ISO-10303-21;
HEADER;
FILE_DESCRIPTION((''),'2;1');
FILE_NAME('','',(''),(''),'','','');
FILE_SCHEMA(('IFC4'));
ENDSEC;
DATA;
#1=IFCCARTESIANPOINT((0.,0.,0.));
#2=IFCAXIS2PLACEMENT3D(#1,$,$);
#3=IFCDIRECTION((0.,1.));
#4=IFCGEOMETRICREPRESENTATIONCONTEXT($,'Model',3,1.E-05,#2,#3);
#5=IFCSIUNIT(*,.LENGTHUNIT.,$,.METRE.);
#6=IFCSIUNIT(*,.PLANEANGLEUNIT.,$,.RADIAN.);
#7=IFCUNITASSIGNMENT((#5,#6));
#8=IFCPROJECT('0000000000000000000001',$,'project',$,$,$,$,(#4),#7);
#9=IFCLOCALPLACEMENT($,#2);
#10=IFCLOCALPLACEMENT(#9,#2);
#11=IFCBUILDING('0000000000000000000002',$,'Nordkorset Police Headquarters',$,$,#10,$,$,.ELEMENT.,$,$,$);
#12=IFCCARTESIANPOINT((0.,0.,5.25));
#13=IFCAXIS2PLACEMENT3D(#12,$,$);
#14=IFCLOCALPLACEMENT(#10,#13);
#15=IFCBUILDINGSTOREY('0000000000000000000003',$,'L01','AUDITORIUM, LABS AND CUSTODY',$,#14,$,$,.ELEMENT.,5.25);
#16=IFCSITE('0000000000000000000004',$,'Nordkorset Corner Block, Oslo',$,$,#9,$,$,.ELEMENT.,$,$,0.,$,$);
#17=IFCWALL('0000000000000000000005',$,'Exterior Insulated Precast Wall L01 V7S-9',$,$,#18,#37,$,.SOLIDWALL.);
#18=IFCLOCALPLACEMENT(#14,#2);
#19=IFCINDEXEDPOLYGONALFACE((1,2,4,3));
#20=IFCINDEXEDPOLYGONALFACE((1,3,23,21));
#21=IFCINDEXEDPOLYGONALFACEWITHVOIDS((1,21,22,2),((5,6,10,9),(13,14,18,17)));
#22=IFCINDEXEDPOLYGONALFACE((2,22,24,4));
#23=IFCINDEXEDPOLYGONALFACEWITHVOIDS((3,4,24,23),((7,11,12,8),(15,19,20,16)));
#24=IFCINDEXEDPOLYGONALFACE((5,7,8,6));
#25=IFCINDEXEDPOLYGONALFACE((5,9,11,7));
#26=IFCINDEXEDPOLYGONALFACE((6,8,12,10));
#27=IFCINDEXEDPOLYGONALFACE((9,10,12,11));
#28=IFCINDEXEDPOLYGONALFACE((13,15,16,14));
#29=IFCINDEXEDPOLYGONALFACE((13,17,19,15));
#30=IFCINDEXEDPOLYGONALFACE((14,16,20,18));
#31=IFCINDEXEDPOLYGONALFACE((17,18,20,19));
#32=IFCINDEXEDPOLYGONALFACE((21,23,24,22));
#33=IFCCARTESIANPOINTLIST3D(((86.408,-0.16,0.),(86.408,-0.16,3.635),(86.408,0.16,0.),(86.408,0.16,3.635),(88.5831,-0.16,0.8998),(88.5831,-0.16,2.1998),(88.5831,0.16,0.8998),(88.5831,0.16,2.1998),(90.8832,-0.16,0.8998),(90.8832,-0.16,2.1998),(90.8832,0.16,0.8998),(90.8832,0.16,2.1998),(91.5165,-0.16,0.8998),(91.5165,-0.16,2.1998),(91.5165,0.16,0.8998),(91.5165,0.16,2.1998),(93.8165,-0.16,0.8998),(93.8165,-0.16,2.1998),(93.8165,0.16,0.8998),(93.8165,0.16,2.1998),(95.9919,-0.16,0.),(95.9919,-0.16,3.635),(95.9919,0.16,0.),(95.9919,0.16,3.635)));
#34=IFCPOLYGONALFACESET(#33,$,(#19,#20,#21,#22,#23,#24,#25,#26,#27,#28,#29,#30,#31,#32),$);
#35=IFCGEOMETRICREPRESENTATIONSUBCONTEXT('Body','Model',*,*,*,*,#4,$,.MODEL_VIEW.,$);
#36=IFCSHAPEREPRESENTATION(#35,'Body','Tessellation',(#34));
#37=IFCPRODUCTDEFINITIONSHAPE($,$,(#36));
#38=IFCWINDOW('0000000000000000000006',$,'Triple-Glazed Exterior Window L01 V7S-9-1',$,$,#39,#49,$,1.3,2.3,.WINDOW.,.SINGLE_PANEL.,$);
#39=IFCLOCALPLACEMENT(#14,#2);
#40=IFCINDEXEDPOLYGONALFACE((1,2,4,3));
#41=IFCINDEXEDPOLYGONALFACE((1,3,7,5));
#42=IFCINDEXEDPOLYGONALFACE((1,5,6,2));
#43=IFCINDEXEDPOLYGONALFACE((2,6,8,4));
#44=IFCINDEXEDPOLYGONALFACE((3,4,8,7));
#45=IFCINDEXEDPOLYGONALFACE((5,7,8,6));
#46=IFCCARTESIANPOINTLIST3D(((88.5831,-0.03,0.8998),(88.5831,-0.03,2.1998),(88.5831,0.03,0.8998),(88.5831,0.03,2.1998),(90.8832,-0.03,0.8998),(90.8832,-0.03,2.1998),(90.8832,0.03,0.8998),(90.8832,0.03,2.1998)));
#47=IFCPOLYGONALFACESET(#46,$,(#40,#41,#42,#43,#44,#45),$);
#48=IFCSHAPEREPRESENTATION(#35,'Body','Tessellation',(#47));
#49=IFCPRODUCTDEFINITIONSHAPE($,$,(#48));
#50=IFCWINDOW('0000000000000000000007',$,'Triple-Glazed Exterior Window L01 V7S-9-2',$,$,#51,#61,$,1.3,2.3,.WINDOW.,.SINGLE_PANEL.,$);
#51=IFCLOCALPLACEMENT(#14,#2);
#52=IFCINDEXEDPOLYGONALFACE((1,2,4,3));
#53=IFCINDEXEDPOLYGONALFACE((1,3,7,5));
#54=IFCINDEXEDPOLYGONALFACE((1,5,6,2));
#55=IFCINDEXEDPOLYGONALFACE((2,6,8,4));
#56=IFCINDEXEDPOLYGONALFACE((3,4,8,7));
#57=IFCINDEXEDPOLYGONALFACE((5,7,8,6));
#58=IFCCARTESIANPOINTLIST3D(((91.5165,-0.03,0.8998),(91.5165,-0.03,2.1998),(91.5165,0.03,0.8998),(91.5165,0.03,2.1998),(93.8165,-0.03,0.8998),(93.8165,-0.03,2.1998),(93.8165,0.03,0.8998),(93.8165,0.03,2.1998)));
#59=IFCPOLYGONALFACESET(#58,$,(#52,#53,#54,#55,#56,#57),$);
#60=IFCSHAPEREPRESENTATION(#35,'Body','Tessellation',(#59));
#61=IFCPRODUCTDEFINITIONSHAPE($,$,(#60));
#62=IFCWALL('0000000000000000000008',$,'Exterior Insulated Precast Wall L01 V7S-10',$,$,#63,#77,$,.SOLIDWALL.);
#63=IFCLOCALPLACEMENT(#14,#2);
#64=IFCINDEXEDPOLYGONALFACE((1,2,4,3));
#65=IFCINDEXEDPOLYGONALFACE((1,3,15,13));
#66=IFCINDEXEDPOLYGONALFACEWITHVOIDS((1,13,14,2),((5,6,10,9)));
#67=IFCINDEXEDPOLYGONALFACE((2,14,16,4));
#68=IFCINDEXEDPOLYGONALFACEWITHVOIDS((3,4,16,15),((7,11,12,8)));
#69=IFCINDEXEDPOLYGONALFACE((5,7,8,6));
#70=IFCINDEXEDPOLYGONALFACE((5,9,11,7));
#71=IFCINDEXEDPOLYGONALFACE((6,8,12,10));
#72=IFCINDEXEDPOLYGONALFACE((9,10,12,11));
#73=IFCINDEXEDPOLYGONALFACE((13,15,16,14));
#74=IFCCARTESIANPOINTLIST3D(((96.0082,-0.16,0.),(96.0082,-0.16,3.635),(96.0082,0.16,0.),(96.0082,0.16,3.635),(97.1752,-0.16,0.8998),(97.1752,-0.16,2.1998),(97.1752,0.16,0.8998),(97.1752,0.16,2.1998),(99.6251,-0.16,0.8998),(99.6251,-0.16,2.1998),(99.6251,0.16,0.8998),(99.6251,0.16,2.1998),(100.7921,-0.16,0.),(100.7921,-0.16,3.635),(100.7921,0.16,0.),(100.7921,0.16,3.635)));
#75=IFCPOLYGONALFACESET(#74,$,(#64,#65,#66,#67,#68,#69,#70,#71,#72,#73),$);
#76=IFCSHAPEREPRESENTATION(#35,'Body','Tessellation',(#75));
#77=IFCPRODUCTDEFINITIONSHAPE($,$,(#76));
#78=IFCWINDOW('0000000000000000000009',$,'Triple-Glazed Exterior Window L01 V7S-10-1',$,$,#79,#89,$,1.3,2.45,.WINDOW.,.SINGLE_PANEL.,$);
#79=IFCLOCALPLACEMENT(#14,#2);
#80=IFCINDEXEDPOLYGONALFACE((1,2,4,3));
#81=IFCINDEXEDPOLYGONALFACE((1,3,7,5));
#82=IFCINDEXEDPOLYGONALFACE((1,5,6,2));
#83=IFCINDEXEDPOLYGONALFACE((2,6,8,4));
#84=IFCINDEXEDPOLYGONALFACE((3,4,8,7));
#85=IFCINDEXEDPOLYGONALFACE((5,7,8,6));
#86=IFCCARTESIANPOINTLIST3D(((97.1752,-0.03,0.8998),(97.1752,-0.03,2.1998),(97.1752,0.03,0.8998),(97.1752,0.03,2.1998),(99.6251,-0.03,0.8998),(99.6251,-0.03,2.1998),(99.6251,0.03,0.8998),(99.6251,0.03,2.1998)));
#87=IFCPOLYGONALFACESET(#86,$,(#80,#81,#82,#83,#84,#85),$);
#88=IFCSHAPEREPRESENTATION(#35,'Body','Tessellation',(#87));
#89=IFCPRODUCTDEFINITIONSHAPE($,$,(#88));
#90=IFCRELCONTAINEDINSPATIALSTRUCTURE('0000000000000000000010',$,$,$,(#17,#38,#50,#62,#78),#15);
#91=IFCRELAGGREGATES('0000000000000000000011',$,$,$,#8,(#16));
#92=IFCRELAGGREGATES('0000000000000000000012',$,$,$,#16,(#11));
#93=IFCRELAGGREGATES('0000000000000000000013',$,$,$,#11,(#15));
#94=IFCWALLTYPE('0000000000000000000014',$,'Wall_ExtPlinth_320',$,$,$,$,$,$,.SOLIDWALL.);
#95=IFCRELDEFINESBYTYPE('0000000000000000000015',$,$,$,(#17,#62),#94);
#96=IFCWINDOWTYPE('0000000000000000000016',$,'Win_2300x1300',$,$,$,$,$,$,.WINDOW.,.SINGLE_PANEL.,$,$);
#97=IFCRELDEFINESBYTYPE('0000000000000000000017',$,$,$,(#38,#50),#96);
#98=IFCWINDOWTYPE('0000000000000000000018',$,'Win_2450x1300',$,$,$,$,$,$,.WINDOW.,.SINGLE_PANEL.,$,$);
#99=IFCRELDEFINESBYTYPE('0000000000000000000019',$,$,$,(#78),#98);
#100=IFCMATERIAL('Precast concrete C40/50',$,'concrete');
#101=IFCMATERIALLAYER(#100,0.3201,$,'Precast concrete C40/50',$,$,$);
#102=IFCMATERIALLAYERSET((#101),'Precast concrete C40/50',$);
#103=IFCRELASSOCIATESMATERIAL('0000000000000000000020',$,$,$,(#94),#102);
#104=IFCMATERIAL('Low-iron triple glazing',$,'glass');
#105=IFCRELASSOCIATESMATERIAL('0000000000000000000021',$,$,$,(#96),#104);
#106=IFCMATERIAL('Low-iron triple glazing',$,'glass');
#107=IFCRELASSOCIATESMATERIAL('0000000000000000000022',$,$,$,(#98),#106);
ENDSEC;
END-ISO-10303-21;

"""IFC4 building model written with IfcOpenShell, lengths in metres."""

from ifc_helpers import new_model, si_unit, direction, frame, frame_2d, origin, place, context, subcontext, project, spatial, rectangle, extrude, material, layer, layer_set, type_object, element, fill, save


model = new_model("IFC4")

# Units and contexts
model_context = context("Model", 3, precision=1e-05, world=origin(), true_north=direction((0.0, 1.0)))
body_context = subcontext(model_context, "Body", "Model", "MODEL_VIEW")
ifc_project = project(units=[si_unit("LENGTHUNIT", "METRE"), si_unit("PLANEANGLEUNIT", "RADIAN")], contexts=[model_context])

# Site, building, storey
site_placement = place(None, origin())
site = spatial("IfcSite", under=ifc_project, at=site_placement, Name="Nordkorset Corner Block, Oslo", CompositionType="ELEMENT", RefElevation=0.0)
building_placement = place(site_placement, origin())
building = spatial("IfcBuilding", under=site, at=building_placement, Name="Nordkorset Police Headquarters", CompositionType="ELEMENT")
storey_placement = place(building_placement, frame((0.0, 0.0, 5.25)))
storey = spatial("IfcBuildingStorey", under=building, at=storey_placement, Name="L01", Description="AUDITORIUM, LABS AND CUSTODY", CompositionType="ELEMENT", Elevation=5.25)

# Shared definitions
ifc_material_1 = material(Name="Precast concrete C40/50", Category="concrete")
ifc_layer_1 = layer(ifc_material_1, 0.3201, Name="Precast concrete C40/50")
ifc_layer_set_1 = layer_set([ifc_layer_1], Name="Precast concrete C40/50")
wall_type = type_object("IfcWallType", Name="Wall_ExtPlinth_320", PredefinedType="SOLIDWALL", material=ifc_layer_set_1)

# Wall, openings, windows
wall_1_placement = place(storey_placement, frame((86.408, 0.0, 0.0), z_axis=(0.0, 0.0, 1.0), x_axis=(1.0, 0.0, 0.0)))
wall_1 = element("IfcWall", 1, at=wall_1_placement, inside=storey, type_object=wall_type, Name="Exterior Insulated Precast Wall L01 V7S-9", PredefinedType="SOLIDWALL", context=body_context, shape_type="SweptSolid", body=[
    extrude(rectangle(XDim=9.584, YDim=0.3201, at=frame_2d((4.792, 0.0))), origin(), (0.0, 0.0, 1.0), 3.635),
])
opening_1_placement = place(wall_1_placement, frame((2.1753, 0.0, 0.8999)))
opening_1 = element("IfcOpeningElement", 2, at=opening_1_placement, cuts=wall_1, PredefinedType="OPENING", context=body_context, shape_type="SweptSolid", body=[
    extrude(rectangle(XDim=2.3, YDim=1.3, at=frame_2d((1.1499, 0.6499))), frame((0.0, 0.1699, 0.0), z_axis=(0.0, -1.0, 0.0), x_axis=(1.0, 0.0, 0.0)), (0.0, 0.0, 1.0), 0.3401),
])
opening_2_placement = place(wall_1_placement, frame((5.1086, 0.0, 0.8999)))
opening_2 = element("IfcOpeningElement", 3, at=opening_2_placement, cuts=wall_1, PredefinedType="OPENING", context=body_context, shape_type="SweptSolid", body=[
    extrude(rectangle(XDim=2.3, YDim=1.3, at=frame_2d((1.1499, 0.6499))), frame((0.0, 0.1699, 0.0), z_axis=(0.0, -1.0, 0.0), x_axis=(1.0, 0.0, 0.0)), (0.0, 0.0, 1.0), 0.3401),
])
ifc_material_2 = material(Name="Low-iron triple glazing", Category="glass")
window_type_1 = type_object("IfcWindowType", Name="Win_2300x1300", PartitioningType="SINGLE_PANEL", PredefinedType="WINDOW", material=ifc_material_2)
window_1_placement = place(opening_1_placement, origin())
window_1 = element("IfcWindow", 4, at=window_1_placement, inside=storey, type_object=window_type_1, Name="Triple-Glazed Exterior Window L01 V7S-9-1", OverallHeight=1.3, OverallWidth=2.3, PartitioningType="SINGLE_PANEL", PredefinedType="WINDOW", context=body_context, shape_type="SweptSolid", body=[
    extrude(rectangle(XDim=2.3, YDim=1.3, at=frame_2d((1.1499, 0.6499))), frame((0.0, 0.03, 0.0), z_axis=(0.0, -1.0, 0.0), x_axis=(1.0, 0.0, 0.0)), (0.0, 0.0, 1.0), 0.0601),
])
fill(opening_1, window_1)
window_2_placement = place(opening_2_placement, origin())
window_2 = element("IfcWindow", 5, at=window_2_placement, inside=storey, type_object=window_type_1, Name="Triple-Glazed Exterior Window L01 V7S-9-2", OverallHeight=1.3, OverallWidth=2.3, PartitioningType="SINGLE_PANEL", PredefinedType="WINDOW", context=body_context, shape_type="SweptSolid", body=[
    extrude(rectangle(XDim=2.3, YDim=1.3, at=frame_2d((1.1499, 0.6499))), frame((0.0, 0.03, 0.0), z_axis=(0.0, -1.0, 0.0), x_axis=(1.0, 0.0, 0.0)), (0.0, 0.0, 1.0), 0.0601),
])
fill(opening_2, window_2)

# Wall, opening, window
wall_2_placement = place(storey_placement, frame((96.0081, 0.0, 0.0), z_axis=(0.0, 0.0, 1.0), x_axis=(1.0, 0.0, 0.0)))
wall_2 = element("IfcWall", 6, at=wall_2_placement, inside=storey, type_object=wall_type, Name="Exterior Insulated Precast Wall L01 V7S-10", PredefinedType="SOLIDWALL", context=body_context, shape_type="SweptSolid", body=[
    extrude(rectangle(XDim=4.7839, YDim=0.3201, at=frame_2d((2.3921, 0.0))), origin(), (0.0, 0.0, 1.0), 3.635),
])
opening_3_placement = place(wall_2_placement, frame((1.167, 0.0, 0.8999)))
opening_3 = element("IfcOpeningElement", 7, at=opening_3_placement, cuts=wall_2, PredefinedType="OPENING", context=body_context, shape_type="SweptSolid", body=[
    extrude(rectangle(XDim=2.45, YDim=1.3, at=frame_2d((1.2251, 0.6499))), frame((0.0, 0.1699, 0.0), z_axis=(0.0, -1.0, 0.0), x_axis=(1.0, 0.0, 0.0)), (0.0, 0.0, 1.0), 0.3401),
])
ifc_material_3 = material(Name="Low-iron triple glazing", Category="glass")
window_type_2 = type_object("IfcWindowType", Name="Win_2450x1300", PartitioningType="SINGLE_PANEL", PredefinedType="WINDOW", material=ifc_material_3)
window_3_placement = place(opening_3_placement, origin())
window_3 = element("IfcWindow", 8, at=window_3_placement, inside=storey, type_object=window_type_2, Name="Triple-Glazed Exterior Window L01 V7S-10-1", OverallHeight=1.3, OverallWidth=2.45, PartitioningType="SINGLE_PANEL", PredefinedType="WINDOW", context=body_context, shape_type="SweptSolid", body=[
    extrude(rectangle(XDim=2.45, YDim=1.3, at=frame_2d((1.2251, 0.6499))), frame((0.0, 0.03, 0.0), z_axis=(0.0, -1.0, 0.0), x_axis=(1.0, 0.0, 0.0)), (0.0, 0.0, 1.0), 0.0601),
])
fill(opening_3, window_3)

save(model, "model.ifc")
